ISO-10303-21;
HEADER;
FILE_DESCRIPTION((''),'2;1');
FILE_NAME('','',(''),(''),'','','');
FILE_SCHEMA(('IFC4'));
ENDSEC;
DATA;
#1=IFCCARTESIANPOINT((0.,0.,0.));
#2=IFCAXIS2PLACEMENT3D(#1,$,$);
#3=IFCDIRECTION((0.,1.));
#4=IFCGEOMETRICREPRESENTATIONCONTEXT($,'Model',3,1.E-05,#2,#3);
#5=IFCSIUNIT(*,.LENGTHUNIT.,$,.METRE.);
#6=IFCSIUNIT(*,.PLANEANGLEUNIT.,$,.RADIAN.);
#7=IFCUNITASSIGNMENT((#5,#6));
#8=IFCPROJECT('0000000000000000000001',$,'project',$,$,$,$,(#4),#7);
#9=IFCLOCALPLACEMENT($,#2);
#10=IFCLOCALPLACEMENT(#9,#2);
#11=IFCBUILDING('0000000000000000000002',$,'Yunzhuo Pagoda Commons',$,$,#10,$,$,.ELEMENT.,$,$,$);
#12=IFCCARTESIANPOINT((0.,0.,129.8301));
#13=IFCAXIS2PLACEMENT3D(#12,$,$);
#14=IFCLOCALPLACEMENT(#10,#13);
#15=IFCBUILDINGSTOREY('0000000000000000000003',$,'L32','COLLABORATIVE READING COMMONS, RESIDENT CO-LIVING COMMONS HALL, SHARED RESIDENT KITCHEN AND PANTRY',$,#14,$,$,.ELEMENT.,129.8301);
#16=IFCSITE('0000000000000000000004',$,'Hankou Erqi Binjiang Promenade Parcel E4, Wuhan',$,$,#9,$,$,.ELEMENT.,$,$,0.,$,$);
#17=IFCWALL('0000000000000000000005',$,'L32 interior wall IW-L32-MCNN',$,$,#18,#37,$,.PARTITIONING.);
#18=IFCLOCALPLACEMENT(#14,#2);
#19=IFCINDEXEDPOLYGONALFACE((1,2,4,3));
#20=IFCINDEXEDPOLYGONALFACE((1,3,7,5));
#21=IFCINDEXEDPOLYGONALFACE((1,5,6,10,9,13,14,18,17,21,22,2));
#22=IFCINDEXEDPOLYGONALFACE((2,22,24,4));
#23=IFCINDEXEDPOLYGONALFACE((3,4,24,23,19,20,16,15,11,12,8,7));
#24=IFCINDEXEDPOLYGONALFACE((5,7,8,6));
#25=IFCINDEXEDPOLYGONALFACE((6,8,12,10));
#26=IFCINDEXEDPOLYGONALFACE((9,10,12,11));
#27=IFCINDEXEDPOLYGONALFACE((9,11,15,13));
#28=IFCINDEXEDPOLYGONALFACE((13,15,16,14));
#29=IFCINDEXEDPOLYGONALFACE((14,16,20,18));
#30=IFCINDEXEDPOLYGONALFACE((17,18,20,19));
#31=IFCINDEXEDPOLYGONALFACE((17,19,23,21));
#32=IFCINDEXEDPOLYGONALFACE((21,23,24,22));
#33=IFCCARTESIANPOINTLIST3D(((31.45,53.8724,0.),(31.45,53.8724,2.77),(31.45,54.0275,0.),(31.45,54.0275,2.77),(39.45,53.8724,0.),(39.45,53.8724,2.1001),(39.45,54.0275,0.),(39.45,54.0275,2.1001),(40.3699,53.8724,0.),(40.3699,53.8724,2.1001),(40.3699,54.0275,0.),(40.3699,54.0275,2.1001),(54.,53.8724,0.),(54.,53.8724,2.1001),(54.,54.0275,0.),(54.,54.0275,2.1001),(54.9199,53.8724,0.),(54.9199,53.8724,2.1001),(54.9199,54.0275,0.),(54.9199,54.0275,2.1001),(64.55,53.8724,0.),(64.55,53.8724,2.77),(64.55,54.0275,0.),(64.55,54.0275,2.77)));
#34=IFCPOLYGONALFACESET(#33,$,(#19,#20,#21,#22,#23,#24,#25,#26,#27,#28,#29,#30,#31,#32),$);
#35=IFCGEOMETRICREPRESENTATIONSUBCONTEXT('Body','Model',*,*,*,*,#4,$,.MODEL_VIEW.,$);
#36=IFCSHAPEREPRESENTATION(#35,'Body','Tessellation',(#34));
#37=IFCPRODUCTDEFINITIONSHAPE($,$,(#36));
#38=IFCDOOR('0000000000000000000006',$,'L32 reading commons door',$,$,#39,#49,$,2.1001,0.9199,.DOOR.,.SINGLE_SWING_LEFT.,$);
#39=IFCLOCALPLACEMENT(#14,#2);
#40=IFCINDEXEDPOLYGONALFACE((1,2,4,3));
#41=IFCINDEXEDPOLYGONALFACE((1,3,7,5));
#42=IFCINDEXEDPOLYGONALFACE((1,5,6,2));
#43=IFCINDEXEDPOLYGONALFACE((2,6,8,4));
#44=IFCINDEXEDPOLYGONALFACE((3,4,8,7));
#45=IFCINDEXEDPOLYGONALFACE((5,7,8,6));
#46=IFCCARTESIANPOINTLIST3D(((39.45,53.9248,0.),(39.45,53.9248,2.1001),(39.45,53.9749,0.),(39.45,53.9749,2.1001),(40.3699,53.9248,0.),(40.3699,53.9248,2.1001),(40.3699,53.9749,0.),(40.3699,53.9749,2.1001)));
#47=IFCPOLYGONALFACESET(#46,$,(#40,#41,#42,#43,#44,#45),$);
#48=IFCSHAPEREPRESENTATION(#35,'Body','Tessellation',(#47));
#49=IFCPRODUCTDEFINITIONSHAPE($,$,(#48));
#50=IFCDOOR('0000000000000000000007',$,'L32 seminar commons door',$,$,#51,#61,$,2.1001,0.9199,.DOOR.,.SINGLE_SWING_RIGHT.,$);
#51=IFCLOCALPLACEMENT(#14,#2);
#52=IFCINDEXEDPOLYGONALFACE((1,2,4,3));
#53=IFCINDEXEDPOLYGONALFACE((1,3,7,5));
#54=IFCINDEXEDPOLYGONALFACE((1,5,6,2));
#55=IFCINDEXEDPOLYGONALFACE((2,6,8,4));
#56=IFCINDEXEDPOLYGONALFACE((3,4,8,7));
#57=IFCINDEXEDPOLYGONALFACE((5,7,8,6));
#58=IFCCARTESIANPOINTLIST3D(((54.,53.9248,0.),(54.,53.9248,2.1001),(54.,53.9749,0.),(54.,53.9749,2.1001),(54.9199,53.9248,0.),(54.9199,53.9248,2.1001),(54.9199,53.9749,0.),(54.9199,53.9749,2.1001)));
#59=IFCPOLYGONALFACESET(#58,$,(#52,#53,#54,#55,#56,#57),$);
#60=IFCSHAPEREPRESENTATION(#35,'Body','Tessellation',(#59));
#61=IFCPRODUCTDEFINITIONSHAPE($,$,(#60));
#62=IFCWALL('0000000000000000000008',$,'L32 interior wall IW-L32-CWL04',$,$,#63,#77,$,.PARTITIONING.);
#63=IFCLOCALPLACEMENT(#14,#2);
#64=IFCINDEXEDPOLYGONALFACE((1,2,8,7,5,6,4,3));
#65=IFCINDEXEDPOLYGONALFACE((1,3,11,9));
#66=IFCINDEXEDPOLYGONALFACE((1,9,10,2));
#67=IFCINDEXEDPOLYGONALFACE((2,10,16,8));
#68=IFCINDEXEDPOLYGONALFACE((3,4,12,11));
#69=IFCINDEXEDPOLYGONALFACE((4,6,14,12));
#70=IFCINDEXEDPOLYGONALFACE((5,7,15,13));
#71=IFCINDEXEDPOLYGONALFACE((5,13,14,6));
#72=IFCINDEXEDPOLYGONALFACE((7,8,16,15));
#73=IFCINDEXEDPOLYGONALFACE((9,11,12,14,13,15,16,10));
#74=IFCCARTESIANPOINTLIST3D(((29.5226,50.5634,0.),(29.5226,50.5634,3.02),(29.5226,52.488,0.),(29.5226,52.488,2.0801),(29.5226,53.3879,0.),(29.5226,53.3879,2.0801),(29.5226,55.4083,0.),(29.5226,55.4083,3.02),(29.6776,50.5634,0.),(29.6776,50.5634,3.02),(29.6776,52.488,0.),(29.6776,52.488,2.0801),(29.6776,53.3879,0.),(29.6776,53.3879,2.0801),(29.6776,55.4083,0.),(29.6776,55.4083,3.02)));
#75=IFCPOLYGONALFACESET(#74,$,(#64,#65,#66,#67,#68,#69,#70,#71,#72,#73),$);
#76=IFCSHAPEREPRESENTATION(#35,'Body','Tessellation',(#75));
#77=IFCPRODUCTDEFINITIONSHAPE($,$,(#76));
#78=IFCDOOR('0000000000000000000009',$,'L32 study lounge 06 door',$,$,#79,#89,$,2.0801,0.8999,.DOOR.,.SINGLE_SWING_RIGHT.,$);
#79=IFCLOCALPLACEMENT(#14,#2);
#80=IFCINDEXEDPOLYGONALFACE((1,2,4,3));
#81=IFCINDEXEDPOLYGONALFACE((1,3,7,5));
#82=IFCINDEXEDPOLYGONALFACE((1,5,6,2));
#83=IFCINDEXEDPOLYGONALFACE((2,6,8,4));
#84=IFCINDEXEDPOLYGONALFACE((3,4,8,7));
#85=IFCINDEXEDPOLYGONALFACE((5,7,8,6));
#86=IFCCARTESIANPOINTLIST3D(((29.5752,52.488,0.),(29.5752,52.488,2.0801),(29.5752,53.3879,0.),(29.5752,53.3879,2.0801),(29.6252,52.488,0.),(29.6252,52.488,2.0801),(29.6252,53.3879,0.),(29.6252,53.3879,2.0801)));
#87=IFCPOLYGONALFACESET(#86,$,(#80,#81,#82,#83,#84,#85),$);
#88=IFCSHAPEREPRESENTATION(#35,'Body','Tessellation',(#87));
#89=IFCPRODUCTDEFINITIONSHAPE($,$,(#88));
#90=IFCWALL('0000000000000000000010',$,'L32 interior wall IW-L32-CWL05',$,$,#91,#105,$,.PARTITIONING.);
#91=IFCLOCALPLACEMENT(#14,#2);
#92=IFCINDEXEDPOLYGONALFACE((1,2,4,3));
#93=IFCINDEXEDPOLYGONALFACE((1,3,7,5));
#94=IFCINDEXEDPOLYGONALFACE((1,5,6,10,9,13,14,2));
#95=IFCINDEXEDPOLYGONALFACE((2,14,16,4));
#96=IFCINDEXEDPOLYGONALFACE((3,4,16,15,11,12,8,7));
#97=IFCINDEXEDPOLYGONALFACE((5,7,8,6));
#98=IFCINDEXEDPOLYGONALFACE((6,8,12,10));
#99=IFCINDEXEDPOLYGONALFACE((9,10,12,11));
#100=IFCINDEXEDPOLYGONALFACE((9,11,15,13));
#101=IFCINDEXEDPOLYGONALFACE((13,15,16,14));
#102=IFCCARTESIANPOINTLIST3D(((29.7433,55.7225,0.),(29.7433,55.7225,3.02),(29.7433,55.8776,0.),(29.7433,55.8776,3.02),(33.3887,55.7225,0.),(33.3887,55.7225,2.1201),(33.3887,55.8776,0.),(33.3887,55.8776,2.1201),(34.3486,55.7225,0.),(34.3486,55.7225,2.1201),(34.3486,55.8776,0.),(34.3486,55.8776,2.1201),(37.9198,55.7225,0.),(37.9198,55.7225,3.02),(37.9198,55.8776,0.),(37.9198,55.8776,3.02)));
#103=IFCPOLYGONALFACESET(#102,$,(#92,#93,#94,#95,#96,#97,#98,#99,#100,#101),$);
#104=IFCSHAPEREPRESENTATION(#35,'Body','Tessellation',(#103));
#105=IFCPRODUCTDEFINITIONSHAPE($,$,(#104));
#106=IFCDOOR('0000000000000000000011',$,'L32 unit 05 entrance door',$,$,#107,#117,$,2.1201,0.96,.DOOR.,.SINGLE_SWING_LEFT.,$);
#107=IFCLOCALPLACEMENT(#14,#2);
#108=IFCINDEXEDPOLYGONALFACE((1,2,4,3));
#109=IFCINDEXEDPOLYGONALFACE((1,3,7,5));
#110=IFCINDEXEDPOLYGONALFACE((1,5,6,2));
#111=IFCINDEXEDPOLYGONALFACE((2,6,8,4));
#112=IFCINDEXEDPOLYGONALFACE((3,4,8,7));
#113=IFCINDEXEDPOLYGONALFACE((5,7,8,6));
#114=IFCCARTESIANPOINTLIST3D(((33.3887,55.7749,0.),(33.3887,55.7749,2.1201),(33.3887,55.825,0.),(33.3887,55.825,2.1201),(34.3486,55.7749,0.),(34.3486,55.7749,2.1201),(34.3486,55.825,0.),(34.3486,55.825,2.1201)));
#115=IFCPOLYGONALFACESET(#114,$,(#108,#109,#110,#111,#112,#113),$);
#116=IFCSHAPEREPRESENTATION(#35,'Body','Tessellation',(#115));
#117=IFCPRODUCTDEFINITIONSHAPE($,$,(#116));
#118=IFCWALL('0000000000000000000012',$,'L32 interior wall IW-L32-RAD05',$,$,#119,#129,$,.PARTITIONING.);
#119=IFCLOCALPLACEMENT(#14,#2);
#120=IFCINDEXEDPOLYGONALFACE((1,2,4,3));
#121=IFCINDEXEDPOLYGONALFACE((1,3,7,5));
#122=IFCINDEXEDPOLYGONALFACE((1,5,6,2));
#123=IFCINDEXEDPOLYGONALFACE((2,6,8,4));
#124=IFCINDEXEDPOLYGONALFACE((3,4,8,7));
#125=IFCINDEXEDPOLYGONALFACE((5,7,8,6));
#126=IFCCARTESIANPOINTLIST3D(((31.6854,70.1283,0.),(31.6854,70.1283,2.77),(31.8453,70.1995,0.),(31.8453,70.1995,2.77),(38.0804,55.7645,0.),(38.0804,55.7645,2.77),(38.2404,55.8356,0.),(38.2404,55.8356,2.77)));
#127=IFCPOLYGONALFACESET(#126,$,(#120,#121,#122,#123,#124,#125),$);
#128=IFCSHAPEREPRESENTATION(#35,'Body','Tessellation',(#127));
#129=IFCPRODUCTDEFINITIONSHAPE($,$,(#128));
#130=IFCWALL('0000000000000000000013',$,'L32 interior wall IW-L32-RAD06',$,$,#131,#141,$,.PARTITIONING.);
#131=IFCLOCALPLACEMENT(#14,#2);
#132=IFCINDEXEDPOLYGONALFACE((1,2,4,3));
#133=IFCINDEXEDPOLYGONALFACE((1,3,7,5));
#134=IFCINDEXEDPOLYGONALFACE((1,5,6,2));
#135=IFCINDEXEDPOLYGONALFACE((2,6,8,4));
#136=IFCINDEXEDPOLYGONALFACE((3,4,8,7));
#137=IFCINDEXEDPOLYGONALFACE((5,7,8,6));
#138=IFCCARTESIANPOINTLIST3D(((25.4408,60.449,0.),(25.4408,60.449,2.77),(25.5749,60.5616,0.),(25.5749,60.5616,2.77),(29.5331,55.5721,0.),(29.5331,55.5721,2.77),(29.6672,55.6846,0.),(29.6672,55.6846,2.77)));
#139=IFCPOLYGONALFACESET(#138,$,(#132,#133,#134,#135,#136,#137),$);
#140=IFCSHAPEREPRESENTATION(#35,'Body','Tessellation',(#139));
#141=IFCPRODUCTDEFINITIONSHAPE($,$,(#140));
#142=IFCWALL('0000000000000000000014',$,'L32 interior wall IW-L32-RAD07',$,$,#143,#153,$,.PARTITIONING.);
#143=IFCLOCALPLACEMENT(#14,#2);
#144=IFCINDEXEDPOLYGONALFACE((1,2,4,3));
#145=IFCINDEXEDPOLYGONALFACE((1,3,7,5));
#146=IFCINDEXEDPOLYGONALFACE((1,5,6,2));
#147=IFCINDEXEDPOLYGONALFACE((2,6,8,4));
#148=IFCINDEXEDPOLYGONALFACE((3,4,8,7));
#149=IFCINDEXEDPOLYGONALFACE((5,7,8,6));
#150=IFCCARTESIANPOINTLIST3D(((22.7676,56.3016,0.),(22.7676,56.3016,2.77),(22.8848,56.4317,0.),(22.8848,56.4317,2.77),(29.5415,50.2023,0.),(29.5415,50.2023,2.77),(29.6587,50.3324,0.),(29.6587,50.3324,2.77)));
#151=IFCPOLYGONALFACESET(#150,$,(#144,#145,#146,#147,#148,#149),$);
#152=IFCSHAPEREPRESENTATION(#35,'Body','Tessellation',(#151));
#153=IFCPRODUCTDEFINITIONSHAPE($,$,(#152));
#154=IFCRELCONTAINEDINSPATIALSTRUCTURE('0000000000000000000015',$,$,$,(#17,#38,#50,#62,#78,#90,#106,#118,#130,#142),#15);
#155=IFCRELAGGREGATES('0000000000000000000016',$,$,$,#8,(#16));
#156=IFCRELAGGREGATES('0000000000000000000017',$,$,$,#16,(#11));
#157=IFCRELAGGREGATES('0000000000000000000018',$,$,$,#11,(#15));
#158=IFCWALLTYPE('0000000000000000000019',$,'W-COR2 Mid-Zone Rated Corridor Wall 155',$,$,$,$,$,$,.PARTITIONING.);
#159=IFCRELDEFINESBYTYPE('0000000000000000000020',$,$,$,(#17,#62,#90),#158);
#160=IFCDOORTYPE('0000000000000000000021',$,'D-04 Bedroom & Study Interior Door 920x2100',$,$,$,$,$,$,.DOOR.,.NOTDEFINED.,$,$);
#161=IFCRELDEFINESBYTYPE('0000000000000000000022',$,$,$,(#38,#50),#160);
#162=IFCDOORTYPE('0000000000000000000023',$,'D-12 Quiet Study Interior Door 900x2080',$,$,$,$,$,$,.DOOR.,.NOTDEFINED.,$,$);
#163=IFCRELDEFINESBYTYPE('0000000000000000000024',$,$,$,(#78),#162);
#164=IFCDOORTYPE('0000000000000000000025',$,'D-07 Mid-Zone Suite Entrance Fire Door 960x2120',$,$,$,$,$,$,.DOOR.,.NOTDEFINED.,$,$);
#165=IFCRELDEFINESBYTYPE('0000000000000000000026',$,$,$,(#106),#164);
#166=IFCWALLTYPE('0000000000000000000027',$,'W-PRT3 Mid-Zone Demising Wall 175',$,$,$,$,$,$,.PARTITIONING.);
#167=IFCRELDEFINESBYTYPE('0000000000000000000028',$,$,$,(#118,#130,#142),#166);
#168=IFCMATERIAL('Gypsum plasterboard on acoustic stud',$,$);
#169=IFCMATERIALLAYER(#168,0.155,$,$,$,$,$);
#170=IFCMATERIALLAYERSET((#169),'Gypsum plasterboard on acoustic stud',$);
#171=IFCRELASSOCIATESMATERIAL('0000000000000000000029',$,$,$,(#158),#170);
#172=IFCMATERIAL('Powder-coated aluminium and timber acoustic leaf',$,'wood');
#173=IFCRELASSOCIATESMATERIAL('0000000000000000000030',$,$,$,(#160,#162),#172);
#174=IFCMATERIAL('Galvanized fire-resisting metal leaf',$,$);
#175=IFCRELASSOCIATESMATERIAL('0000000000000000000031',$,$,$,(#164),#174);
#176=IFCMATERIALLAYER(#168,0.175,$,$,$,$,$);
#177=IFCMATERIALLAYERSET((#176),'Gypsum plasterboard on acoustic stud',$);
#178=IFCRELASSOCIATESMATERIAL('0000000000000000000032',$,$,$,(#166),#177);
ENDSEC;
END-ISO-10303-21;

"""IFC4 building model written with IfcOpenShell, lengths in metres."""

from ifc_helpers import new_model, si_unit, direction, frame, frame_2d, origin, origin_with_axes, place, context, subcontext, project, spatial, rectangle, extrude, source, transform, mapped, material, layer, layer_set, type_object, element, fill, save


model = new_model("IFC4")

# Units and contexts
model_context = context("Model", 3, precision=1e-05, world=origin(), true_north=direction((0.0, 1.0)))
body_context = subcontext(model_context, "Body", "Model", "MODEL_VIEW")
ifc_project = project(units=[si_unit("LENGTHUNIT", "METRE"), si_unit("PLANEANGLEUNIT", "RADIAN")], contexts=[model_context])

# Site, building, storey
site_placement = place(None, origin())
site = spatial("IfcSite", under=ifc_project, at=site_placement, Name="Hankou Erqi Binjiang Promenade Parcel E4, Wuhan", CompositionType="ELEMENT", RefElevation=0.0)
building_placement = place(site_placement, origin())
building = spatial("IfcBuilding", under=site, at=building_placement, Name="Yunzhuo Pagoda Commons", CompositionType="ELEMENT")
storey_placement = place(building_placement, frame((0.0, 0.0, 129.8301)))
storey = spatial("IfcBuildingStorey", under=building, at=storey_placement, Name="L32", Description="COLLABORATIVE READING COMMONS, RESIDENT CO-LIVING COMMONS HALL, SHARED RESIDENT KITCHEN AND PANTRY", CompositionType="ELEMENT", Elevation=129.8301)

# Wall, openings, doors
ifc_material_1 = material(Name="Gypsum plasterboard on acoustic stud")
ifc_layer_1 = layer(ifc_material_1, 0.155)
ifc_layer_set_1 = layer_set([ifc_layer_1], Name="Gypsum plasterboard on acoustic stud")
wall_type_1 = type_object("IfcWallType", Name="W-COR2 Mid-Zone Rated Corridor Wall 155", PredefinedType="PARTITIONING", material=ifc_layer_set_1)
wall_1_placement = place(storey_placement, frame((31.45, 53.95, 0.0), z_axis=(0.0, 0.0, 1.0), x_axis=(1.0, 0.0, 0.0)))
wall_1 = element("IfcWall", 1, at=wall_1_placement, inside=storey, type_object=wall_type_1, Name="L32 interior wall IW-L32-MCNN", PredefinedType="PARTITIONING", context=body_context, shape_type="SweptSolid", body=[
    extrude(rectangle(XDim=33.1001, YDim=0.155, at=frame_2d((16.55, 0.0))), origin(), (0.0, 0.0, 1.0), 2.77),
])
opening_1_placement = place(wall_1_placement, frame((8.0, 0.0, 0.0)))
opening_1 = element("IfcOpeningElement", 2, at=opening_1_placement, cuts=wall_1, PredefinedType="OPENING", context=body_context, shape_type="SweptSolid", body=[
    extrude(rectangle(XDim=0.9199, YDim=2.1001, at=frame_2d((0.46, 1.05))), frame((0.0, 0.0874, 0.0), z_axis=(0.0, -1.0, 0.0), x_axis=(1.0, 0.0, 0.0)), (0.0, 0.0, 1.0), 0.175),
])
opening_2_placement = place(wall_1_placement, frame((22.55, 0.0, 0.0)))
opening_2 = element("IfcOpeningElement", 3, at=opening_2_placement, cuts=wall_1, PredefinedType="OPENING", context=body_context, shape_type="SweptSolid", body=[
    extrude(rectangle(XDim=0.9199, YDim=2.1001, at=frame_2d((0.46, 1.05))), frame((0.0, 0.0874, 0.0), z_axis=(0.0, -1.0, 0.0), x_axis=(1.0, 0.0, 0.0)), (0.0, 0.0, 1.0), 0.175),
])
ifc_material_2 = material(Name="Powder-coated aluminium and timber acoustic leaf", Category="wood")
door_type_1 = type_object("IfcDoorType", Name="D-04 Bedroom & Study Interior Door 920x2100", OperationType="NOTDEFINED", PredefinedType="DOOR", material=ifc_material_2)
shared_shape_1 = source(origin(), body_context, "Body", "SweptSolid", [
    extrude(rectangle(XDim=0.9199, YDim=2.1001, at=frame_2d((0.46, 1.05))), frame((0.0, 0.0249, 0.0), z_axis=(0.0, -1.0, 0.0), x_axis=(1.0, 0.0, 0.0)), (0.0, 0.0, 1.0), 0.05),
])
door_1_placement = place(opening_1_placement, origin_with_axes())
door_1 = element("IfcDoor", 4, at=door_1_placement, inside=storey, type_object=door_type_1, Name="L32 reading commons door", OperationType="SINGLE_SWING_LEFT", OverallHeight=2.1001, OverallWidth=0.9199, PredefinedType="DOOR", context=body_context, shape_type="MappedRepresentation", body=[
    mapped(shared_shape_1, transform((0.0, 0.0, 0.0), scale=1.0)),
])
fill(opening_1, door_1)
door_2_placement = place(opening_2_placement, origin_with_axes())
door_2 = element("IfcDoor", 5, at=door_2_placement, inside=storey, type_object=door_type_1, Name="L32 seminar commons door", OperationType="SINGLE_SWING_RIGHT", OverallHeight=2.1001, OverallWidth=0.9199, PredefinedType="DOOR", context=body_context, shape_type="MappedRepresentation", body=[
    mapped(shared_shape_1, transform((0.0, 0.0, 0.0), scale=1.0)),
])
fill(opening_2, door_2)

# Walls, openings, doors
wall_2_placement = place(storey_placement, frame((29.6001, 50.5635, 0.0), z_axis=(0.0, 0.0, 1.0), x_axis=(0.0, 1.0, 0.0)))
wall_2 = element("IfcWall", 6, at=wall_2_placement, inside=storey, type_object=wall_type_1, Name="L32 interior wall IW-L32-CWL04", PredefinedType="PARTITIONING", context=body_context, shape_type="SweptSolid", body=[
    extrude(rectangle(XDim=4.845, YDim=0.155, at=frame_2d((2.4224, 0.0))), origin(), (0.0, 0.0, 1.0), 3.02),
])
opening_3_placement = place(wall_2_placement, frame((1.9246, 0.0, 0.0)))
opening_3 = element("IfcOpeningElement", 7, at=opening_3_placement, cuts=wall_2, PredefinedType="OPENING", context=body_context, shape_type="SweptSolid", body=[
    extrude(rectangle(XDim=0.8999, YDim=2.0801, at=frame_2d((0.45, 1.04))), frame((0.0, 0.0874, 0.0), z_axis=(0.0, -1.0, 0.0), x_axis=(1.0, 0.0, 0.0)), (0.0, 0.0, 1.0), 0.175),
])
door_type_2 = type_object("IfcDoorType", Name="D-12 Quiet Study Interior Door 900x2080", OperationType="NOTDEFINED", PredefinedType="DOOR", material=ifc_material_2)
shared_shape_2 = source(origin(), body_context, "Body", "SweptSolid", [
    extrude(rectangle(XDim=0.8999, YDim=2.0801, at=frame_2d((0.45, 1.04))), frame((0.0, 0.0249, 0.0), z_axis=(0.0, -1.0, 0.0), x_axis=(1.0, 0.0, 0.0)), (0.0, 0.0, 1.0), 0.05),
])
door_3_placement = place(opening_3_placement, origin_with_axes())
door_3 = element("IfcDoor", 8, at=door_3_placement, inside=storey, type_object=door_type_2, Name="L32 study lounge 06 door", OperationType="SINGLE_SWING_RIGHT", OverallHeight=2.0801, OverallWidth=0.8999, PredefinedType="DOOR", context=body_context, shape_type="MappedRepresentation", body=[
    mapped(shared_shape_2, transform((0.0, 0.0, 0.0), scale=1.0)),
])
fill(opening_3, door_3)
wall_3_placement = place(storey_placement, frame((29.7432, 55.8, 0.0), z_axis=(0.0, 0.0, 1.0), x_axis=(1.0, 0.0, 0.0)))
wall_3 = element("IfcWall", 9, at=wall_3_placement, inside=storey, type_object=wall_type_1, Name="L32 interior wall IW-L32-CWL05", PredefinedType="PARTITIONING", context=body_context, shape_type="SweptSolid", body=[
    extrude(rectangle(XDim=8.1765, YDim=0.155, at=frame_2d((4.0884, 0.0))), origin(), (0.0, 0.0, 1.0), 3.02),
])
opening_4_placement = place(wall_3_placement, frame((3.6455, 0.0, 0.0)))
opening_4 = element("IfcOpeningElement", 10, at=opening_4_placement, cuts=wall_3, PredefinedType="OPENING", context=body_context, shape_type="SweptSolid", body=[
    extrude(rectangle(XDim=0.96, YDim=2.1201, at=frame_2d((0.48, 1.0601))), frame((0.0, 0.0874, 0.0), z_axis=(0.0, -1.0, 0.0), x_axis=(1.0, 0.0, 0.0)), (0.0, 0.0, 1.0), 0.175),
])
ifc_material_3 = material(Name="Galvanized fire-resisting metal leaf")
door_type_3 = type_object("IfcDoorType", Name="D-07 Mid-Zone Suite Entrance Fire Door 960x2120", OperationType="NOTDEFINED", PredefinedType="DOOR", material=ifc_material_3)
shared_shape_3 = source(origin(), body_context, "Body", "SweptSolid", [
    extrude(rectangle(XDim=0.96, YDim=2.1201, at=frame_2d((0.48, 1.0601))), frame((0.0, 0.0249, 0.0), z_axis=(0.0, -1.0, 0.0), x_axis=(1.0, 0.0, 0.0)), (0.0, 0.0, 1.0), 0.05),
])
door_4_placement = place(opening_4_placement, origin_with_axes())
door_4 = element("IfcDoor", 11, at=door_4_placement, inside=storey, type_object=door_type_3, Name="L32 unit 05 entrance door", OperationType="SINGLE_SWING_LEFT", OverallHeight=2.1201, OverallWidth=0.96, PredefinedType="DOOR", context=body_context, shape_type="MappedRepresentation", body=[
    mapped(shared_shape_3, transform((0.0, 0.0, 0.0), scale=1.0)),
])
fill(opening_4, door_4)

# Walls
ifc_layer_2 = layer(ifc_material_1, 0.175)
ifc_layer_set_2 = layer_set([ifc_layer_2], Name="Gypsum plasterboard on acoustic stud")
wall_type_2 = type_object("IfcWallType", Name="W-PRT3 Mid-Zone Demising Wall 175", PredefinedType="PARTITIONING", material=ifc_layer_set_2)
wall_4_placement = place(storey_placement, frame((38.1604, 55.8, 0.0), z_axis=(0.0, 0.0, 1.0), x_axis=(-0.406729, 0.913549, 0.0)))
element("IfcWall", 12, at=wall_4_placement, inside=storey, type_object=wall_type_2, Name="L32 interior wall IW-L32-RAD05", PredefinedType="PARTITIONING", context=body_context, shape_type="SweptSolid", body=[
    extrude(rectangle(XDim=15.7231, YDim=0.175, at=frame_2d((7.8616, 0.0))), origin(), (0.0, 0.0, 1.0), 2.77),
])
wall_5_placement = place(storey_placement, frame((29.6001, 55.6284, 0.0), z_axis=(0.0, 0.0, 1.0), x_axis=(-0.642791, 0.766042, 0.0)))
element("IfcWall", 13, at=wall_5_placement, inside=storey, type_object=wall_type_2, Name="L32 interior wall IW-L32-RAD06", PredefinedType="PARTITIONING", context=body_context, shape_type="SweptSolid", body=[
    extrude(rectangle(XDim=6.3665, YDim=0.175, at=frame_2d((3.1831, 0.0))), origin(), (0.0, 0.0, 1.0), 2.77),
])
wall_6_placement = place(storey_placement, frame((29.6001, 50.2673, 0.0), z_axis=(0.0, 0.0, 1.0), x_axis=(-0.74314, 0.669136, 0.0)))
element("IfcWall", 14, at=wall_6_placement, inside=storey, type_object=wall_type_2, Name="L32 interior wall IW-L32-RAD07", PredefinedType="PARTITIONING", context=body_context, shape_type="SweptSolid", body=[
    extrude(rectangle(XDim=9.1152, YDim=0.175, at=frame_2d((4.5576, 0.0))), origin(), (0.0, 0.0, 1.0), 2.77),
])

save(model, "model.ifc")
